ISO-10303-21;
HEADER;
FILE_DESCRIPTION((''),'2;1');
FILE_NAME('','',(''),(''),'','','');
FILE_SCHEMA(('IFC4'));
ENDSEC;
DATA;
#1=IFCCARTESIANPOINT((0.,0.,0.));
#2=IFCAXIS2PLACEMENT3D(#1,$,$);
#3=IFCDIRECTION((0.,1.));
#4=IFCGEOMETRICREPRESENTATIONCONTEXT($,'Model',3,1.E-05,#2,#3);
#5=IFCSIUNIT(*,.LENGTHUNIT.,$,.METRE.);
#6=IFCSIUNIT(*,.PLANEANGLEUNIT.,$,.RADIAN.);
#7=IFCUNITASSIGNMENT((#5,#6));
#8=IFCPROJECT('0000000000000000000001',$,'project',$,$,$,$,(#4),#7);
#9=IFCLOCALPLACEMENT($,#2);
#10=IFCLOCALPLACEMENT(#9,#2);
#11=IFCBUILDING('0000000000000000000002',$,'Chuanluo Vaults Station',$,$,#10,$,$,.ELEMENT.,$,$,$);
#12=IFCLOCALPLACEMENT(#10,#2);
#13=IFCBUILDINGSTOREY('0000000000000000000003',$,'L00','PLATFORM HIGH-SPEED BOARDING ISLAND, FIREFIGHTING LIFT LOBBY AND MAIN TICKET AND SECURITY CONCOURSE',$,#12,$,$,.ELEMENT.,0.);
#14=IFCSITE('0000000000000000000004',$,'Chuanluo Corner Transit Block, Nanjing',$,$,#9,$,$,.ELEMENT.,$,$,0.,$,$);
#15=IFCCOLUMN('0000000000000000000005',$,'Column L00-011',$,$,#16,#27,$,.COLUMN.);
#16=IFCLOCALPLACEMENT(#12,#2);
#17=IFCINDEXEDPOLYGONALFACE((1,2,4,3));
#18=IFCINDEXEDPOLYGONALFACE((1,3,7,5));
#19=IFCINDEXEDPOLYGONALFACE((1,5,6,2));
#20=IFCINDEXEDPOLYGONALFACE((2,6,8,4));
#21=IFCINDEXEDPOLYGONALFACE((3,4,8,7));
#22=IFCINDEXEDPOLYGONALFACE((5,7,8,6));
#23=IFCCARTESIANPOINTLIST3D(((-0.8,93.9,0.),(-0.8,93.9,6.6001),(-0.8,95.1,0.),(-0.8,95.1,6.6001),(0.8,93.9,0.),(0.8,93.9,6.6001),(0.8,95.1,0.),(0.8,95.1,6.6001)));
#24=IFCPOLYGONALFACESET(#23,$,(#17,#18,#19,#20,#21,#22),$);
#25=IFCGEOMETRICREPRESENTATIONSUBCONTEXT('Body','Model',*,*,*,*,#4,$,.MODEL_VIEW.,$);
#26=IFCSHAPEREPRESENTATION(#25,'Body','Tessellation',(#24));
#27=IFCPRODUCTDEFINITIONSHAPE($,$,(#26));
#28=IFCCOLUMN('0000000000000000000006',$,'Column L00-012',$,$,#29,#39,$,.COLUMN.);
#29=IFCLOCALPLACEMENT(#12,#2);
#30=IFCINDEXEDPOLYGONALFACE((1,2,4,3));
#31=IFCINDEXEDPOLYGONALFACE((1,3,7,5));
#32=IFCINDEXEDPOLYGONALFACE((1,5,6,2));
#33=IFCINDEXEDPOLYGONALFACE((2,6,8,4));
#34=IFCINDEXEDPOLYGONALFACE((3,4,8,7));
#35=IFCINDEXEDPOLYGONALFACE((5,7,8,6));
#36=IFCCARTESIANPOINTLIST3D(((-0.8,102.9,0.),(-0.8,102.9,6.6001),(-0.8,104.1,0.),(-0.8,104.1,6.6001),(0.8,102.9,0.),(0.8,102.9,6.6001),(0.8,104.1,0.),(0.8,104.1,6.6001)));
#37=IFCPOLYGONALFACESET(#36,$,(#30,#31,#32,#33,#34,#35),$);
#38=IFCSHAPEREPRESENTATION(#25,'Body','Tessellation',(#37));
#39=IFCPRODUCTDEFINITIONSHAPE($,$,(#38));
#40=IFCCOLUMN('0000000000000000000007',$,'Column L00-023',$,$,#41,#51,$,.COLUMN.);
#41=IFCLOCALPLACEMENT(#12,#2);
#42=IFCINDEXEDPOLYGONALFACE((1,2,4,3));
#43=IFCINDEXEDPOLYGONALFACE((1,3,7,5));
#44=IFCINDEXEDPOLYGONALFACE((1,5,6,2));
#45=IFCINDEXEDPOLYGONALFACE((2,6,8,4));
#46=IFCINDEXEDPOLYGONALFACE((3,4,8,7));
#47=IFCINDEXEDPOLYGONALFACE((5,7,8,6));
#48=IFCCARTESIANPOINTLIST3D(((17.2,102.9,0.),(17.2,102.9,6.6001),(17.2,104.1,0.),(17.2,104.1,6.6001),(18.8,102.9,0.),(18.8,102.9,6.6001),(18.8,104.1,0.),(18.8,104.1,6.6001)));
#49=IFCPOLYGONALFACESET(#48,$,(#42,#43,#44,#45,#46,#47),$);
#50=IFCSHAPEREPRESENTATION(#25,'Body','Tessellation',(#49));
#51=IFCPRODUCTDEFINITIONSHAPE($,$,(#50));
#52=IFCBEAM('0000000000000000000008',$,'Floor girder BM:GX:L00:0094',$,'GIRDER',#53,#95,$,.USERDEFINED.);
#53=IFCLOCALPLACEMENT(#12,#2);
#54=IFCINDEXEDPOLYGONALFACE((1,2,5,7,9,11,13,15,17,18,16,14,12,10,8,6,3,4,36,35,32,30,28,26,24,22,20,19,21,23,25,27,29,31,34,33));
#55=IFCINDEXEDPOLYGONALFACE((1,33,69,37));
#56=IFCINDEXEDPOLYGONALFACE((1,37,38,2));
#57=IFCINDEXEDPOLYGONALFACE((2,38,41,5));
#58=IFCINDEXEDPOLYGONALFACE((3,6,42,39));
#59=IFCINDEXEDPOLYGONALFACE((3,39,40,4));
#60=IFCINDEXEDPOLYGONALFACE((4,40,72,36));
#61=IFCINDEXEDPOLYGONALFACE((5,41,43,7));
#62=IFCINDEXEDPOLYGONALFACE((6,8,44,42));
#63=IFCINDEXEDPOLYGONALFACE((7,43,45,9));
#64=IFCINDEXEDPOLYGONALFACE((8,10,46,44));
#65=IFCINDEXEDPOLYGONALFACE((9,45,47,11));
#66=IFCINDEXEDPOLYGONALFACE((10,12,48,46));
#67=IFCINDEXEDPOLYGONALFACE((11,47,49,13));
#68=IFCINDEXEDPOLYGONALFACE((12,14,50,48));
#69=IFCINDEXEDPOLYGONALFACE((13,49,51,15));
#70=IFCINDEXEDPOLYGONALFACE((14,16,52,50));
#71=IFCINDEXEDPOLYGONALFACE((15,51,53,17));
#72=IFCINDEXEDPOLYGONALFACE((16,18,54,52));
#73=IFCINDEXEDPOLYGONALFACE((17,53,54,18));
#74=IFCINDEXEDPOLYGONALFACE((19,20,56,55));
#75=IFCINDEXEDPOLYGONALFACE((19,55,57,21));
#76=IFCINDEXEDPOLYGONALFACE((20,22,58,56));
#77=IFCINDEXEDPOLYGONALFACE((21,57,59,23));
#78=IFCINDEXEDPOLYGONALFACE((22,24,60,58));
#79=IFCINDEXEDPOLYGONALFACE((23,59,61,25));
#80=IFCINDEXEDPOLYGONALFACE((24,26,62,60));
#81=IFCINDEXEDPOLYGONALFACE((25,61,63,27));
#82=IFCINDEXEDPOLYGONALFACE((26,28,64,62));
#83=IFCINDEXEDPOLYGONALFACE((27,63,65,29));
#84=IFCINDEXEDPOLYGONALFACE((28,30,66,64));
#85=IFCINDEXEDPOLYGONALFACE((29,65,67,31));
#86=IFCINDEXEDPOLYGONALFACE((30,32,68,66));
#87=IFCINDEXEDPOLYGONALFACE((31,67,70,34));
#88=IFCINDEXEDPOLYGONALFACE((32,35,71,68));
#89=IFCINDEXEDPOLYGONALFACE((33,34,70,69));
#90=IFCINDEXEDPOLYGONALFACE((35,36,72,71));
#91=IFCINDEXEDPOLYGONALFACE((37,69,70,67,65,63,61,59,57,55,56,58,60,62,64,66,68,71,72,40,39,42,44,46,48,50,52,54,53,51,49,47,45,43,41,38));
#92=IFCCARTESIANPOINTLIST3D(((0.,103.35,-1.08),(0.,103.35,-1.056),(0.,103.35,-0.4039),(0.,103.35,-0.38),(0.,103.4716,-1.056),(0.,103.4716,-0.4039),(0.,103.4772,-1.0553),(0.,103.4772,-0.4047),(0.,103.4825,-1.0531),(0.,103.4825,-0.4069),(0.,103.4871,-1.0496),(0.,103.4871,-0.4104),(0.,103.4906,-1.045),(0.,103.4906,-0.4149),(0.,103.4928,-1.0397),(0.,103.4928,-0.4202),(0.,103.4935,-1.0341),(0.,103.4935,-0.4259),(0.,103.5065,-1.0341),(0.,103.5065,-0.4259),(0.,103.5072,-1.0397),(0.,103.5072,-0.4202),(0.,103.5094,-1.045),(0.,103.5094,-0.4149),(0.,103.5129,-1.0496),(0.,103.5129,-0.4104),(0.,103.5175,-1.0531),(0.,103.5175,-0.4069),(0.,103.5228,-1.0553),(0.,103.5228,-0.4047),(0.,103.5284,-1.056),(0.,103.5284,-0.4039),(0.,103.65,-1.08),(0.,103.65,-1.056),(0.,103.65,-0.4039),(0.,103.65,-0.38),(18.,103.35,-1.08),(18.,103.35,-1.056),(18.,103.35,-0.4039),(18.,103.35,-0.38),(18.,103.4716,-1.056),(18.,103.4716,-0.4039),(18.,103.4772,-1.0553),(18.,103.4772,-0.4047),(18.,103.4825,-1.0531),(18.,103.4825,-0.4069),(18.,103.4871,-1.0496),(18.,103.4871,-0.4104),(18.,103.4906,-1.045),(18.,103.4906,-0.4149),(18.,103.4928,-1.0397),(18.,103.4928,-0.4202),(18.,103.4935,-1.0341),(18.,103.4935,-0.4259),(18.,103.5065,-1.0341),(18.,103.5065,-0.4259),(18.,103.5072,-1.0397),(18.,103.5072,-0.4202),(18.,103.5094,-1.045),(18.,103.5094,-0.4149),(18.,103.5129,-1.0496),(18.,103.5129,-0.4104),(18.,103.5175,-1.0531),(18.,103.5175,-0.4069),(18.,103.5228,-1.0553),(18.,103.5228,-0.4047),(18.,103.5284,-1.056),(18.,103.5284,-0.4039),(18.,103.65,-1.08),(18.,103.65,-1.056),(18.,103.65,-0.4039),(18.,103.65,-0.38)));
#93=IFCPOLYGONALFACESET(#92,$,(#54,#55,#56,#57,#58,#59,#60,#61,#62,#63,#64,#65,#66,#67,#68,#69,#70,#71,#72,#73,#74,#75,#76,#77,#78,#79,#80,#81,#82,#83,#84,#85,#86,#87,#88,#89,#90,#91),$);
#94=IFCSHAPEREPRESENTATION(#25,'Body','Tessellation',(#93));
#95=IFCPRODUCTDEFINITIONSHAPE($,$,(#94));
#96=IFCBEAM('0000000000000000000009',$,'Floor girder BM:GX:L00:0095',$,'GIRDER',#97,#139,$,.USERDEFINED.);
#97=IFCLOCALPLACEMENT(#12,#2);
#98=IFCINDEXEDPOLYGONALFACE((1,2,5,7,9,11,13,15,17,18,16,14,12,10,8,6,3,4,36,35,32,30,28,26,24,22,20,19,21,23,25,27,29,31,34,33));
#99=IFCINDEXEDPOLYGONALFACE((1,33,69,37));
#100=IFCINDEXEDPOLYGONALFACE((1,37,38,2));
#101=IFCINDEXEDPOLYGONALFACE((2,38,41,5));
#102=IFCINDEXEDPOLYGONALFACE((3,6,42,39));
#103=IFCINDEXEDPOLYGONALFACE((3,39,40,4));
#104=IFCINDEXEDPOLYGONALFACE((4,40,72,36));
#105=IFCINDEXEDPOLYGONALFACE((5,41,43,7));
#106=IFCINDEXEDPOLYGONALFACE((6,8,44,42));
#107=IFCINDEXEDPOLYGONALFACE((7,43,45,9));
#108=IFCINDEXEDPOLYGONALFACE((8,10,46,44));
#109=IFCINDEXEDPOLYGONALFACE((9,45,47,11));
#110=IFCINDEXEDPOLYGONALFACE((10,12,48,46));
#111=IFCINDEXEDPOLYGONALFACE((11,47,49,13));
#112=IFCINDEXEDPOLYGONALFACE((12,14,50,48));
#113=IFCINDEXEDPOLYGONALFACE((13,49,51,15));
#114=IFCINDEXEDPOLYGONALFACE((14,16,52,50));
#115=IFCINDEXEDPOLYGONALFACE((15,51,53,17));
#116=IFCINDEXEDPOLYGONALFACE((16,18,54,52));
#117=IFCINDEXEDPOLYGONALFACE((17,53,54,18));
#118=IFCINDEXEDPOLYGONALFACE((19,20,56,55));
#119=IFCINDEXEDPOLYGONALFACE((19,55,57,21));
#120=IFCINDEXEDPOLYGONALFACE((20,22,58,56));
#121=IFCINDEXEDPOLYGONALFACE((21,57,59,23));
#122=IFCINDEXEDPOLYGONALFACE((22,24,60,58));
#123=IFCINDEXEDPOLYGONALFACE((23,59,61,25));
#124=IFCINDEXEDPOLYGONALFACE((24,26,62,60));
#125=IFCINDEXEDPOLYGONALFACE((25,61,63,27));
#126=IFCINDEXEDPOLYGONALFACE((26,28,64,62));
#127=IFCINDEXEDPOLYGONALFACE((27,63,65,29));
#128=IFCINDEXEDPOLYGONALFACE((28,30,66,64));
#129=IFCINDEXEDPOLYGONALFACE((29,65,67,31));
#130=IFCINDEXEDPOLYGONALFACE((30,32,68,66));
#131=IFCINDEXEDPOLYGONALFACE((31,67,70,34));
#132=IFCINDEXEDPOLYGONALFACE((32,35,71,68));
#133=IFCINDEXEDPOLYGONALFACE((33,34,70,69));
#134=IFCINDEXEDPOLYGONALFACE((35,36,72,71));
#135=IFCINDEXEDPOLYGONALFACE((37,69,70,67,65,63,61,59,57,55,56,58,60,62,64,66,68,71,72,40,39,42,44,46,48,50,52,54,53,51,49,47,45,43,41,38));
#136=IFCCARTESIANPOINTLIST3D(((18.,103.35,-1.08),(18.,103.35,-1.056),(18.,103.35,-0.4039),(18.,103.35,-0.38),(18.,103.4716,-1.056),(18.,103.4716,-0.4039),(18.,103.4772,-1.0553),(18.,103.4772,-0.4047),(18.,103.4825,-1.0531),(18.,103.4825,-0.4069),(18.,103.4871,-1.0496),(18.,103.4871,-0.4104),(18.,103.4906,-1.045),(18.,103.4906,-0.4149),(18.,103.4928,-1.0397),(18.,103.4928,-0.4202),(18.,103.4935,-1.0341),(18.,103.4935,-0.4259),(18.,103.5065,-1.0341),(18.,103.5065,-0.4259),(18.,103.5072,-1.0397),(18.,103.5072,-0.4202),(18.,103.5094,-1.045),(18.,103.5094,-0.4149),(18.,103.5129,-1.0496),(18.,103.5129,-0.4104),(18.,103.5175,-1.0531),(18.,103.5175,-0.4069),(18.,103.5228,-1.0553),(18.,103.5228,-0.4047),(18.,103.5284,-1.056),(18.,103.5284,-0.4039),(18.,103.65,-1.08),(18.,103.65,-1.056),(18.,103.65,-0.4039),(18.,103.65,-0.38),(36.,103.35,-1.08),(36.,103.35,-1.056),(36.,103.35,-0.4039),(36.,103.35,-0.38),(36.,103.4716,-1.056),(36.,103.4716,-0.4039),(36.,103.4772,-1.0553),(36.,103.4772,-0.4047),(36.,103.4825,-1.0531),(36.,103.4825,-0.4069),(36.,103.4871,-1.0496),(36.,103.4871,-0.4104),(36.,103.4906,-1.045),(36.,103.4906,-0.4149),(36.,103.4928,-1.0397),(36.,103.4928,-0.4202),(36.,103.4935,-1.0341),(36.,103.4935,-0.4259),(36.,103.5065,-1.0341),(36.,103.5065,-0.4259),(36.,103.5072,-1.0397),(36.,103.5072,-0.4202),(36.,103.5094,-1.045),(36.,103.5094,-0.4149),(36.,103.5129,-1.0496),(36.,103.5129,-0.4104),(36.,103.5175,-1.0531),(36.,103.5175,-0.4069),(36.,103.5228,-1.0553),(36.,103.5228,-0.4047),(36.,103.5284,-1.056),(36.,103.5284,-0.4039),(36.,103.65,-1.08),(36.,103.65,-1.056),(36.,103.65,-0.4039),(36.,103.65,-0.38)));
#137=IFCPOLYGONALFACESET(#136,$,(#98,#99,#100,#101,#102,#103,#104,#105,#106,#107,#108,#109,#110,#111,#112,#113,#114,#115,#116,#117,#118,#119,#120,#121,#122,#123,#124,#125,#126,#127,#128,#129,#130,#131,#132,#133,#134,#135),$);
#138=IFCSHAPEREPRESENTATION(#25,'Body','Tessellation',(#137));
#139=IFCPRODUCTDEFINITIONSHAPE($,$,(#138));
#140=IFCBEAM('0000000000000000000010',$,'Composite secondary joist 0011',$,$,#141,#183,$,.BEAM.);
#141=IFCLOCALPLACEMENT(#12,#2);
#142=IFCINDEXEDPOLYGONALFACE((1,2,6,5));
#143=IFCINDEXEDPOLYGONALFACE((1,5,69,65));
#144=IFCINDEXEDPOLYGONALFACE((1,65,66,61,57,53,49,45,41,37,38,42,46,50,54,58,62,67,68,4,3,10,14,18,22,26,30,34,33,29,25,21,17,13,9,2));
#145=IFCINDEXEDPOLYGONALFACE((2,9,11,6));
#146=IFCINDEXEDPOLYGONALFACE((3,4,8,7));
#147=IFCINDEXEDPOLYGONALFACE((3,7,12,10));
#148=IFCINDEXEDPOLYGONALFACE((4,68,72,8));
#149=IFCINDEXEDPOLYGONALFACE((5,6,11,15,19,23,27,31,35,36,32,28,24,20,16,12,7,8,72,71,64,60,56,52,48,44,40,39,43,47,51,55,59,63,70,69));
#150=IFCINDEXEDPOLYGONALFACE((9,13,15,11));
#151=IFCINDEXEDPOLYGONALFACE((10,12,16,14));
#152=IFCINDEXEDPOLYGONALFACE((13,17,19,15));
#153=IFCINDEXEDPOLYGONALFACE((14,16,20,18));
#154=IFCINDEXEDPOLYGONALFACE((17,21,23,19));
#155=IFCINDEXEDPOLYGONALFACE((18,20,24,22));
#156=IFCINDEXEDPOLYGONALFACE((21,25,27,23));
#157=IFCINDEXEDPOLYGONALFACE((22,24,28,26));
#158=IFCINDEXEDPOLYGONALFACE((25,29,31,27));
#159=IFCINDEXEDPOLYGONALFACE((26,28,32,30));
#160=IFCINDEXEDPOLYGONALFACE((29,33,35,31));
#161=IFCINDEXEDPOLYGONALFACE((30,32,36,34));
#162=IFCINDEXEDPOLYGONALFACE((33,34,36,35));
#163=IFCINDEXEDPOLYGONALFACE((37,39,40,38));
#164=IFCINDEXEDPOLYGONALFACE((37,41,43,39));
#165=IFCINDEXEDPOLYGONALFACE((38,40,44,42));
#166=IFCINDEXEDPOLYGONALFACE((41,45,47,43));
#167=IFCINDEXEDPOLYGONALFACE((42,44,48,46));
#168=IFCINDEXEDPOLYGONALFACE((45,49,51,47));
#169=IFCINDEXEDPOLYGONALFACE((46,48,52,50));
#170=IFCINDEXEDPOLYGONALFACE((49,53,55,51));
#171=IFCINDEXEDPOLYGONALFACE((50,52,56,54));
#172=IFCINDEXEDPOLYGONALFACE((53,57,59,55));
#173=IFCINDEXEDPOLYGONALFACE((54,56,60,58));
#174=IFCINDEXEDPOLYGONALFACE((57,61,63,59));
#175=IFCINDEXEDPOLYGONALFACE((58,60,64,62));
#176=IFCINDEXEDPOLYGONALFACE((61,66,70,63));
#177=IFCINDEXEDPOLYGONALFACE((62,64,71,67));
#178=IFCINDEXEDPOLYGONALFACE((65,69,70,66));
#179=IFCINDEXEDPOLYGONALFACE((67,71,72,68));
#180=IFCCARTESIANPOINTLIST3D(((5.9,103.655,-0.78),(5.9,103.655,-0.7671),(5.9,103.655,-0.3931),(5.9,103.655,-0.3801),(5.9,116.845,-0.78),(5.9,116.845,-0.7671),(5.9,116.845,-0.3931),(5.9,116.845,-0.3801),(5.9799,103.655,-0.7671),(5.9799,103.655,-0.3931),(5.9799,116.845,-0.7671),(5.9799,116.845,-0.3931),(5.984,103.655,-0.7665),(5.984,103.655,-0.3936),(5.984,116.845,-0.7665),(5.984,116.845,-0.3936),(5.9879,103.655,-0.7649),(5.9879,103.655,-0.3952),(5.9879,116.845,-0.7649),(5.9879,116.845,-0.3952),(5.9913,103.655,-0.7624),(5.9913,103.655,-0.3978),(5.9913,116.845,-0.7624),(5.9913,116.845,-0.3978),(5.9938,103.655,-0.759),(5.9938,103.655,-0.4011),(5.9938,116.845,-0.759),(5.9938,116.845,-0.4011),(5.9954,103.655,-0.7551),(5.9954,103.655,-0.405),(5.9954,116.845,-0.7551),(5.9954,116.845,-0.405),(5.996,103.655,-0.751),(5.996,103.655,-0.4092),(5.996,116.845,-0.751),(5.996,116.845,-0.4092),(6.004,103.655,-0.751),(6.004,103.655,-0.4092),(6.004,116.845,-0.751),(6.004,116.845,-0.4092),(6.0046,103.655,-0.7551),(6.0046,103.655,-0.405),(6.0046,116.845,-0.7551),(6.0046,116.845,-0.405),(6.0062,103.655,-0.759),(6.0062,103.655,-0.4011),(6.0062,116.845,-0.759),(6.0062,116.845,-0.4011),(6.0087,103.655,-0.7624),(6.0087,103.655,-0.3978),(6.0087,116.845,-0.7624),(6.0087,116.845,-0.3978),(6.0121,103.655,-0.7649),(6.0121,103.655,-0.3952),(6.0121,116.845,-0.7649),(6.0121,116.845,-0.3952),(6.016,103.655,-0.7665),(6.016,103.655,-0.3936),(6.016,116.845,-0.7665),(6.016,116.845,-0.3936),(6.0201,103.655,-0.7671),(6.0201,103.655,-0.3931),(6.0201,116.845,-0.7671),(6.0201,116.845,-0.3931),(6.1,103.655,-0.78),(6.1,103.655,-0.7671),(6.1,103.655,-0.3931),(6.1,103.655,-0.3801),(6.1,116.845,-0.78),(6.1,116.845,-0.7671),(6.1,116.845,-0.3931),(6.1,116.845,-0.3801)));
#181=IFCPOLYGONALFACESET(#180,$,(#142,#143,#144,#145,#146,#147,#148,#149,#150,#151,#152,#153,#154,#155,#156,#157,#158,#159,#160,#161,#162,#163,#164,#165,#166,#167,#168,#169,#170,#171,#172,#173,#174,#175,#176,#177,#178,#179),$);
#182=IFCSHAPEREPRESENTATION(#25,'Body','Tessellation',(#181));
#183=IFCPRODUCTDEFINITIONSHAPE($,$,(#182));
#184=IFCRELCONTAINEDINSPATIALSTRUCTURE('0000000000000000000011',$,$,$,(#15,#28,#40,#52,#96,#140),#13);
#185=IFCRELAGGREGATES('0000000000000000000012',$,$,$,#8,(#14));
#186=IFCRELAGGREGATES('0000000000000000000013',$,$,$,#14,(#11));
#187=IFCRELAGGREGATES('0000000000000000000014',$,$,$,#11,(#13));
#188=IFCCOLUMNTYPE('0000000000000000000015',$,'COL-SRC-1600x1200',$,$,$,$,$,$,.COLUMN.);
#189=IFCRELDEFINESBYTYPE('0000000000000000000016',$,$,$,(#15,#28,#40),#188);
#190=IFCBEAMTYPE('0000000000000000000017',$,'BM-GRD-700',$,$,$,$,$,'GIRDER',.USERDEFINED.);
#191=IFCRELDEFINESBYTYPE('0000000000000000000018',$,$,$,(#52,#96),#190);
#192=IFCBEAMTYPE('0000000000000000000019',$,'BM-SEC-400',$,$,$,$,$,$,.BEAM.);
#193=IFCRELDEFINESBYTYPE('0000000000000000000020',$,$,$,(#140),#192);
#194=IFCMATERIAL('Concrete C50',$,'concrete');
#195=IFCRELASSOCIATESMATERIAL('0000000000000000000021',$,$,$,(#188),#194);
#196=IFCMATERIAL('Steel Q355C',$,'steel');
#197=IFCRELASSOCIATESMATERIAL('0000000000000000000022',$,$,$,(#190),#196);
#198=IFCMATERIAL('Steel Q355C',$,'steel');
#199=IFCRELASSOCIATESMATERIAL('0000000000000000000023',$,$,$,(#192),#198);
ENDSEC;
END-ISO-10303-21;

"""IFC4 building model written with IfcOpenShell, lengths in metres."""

from ifc_helpers import new_model, si_unit, direction, frame, origin, origin_2d, place, context, subcontext, project, spatial, rectangle, i_section, extrude, material, material_profile, profile_set, type_object, element, save


model = new_model("IFC4")

# Units and contexts
model_context = context("Model", 3, precision=1e-05, world=origin(), true_north=direction((0.0, 1.0)))
body_context = subcontext(model_context, "Body", "Model", "MODEL_VIEW")
ifc_project = project(units=[si_unit("LENGTHUNIT", "METRE"), si_unit("PLANEANGLEUNIT", "RADIAN")], contexts=[model_context])

# Site, building, storey
site_placement = place(None, origin())
site = spatial("IfcSite", under=ifc_project, at=site_placement, Name="Chuanluo Corner Transit Block, Nanjing", CompositionType="ELEMENT", RefElevation=0.0)
building_placement = place(site_placement, origin())
building = spatial("IfcBuilding", under=site, at=building_placement, Name="Chuanluo Vaults Station", CompositionType="ELEMENT")
storey_placement = place(building_placement, origin())
storey = spatial("IfcBuildingStorey", under=building, at=storey_placement, Name="L00", Description="PLATFORM HIGH-SPEED BOARDING ISLAND, FIREFIGHTING LIFT LOBBY AND MAIN TICKET AND SECURITY CONCOURSE", CompositionType="ELEMENT", Elevation=0.0)

# Columns
ifc_material_1 = material(Name="Concrete C50", Category="concrete")
ifc_material_profile_1 = material_profile(ifc_material_1, rectangle(XDim=1.6001, YDim=1.2, at=origin_2d()))
ifc_profile_set_1 = profile_set([ifc_material_profile_1], Name="Concrete C50")
column_type = type_object("IfcColumnType", Name="COL-SRC-1600x1200", PredefinedType="COLUMN", material=ifc_profile_set_1)
for number, where, z_axis, x_axis, name in (
    (1, (0.0, 94.5, 0.0), (0.0, 0.0, 1.0), (1.0, 0.0, 0.0), "Column L00-011"),
    (2, (0.0, 103.5, 0.0), (0.0, 0.0, 1.0), (1.0, 0.0, 0.0), "Column L00-012"),
    (3, (18.0, 103.5, 0.0), (0.0, 0.0, 1.0), (1.0, 0.0, 0.0), "Column L00-023"),
):
    element("IfcColumn", number, at=place(storey_placement, frame(where, z_axis=z_axis, x_axis=x_axis)), inside=storey, type_object=column_type, Name=name, PredefinedType="COLUMN", context=body_context, shape_type="SweptSolid", body=[
        extrude(rectangle(XDim=1.6001, YDim=1.2, at=origin_2d()), origin(), (0.0, 0.0, 1.0), 6.6001),
    ])

# Beams
ifc_material_2 = material(Name="Steel Q355C", Category="steel")
ifc_material_profile_2 = material_profile(ifc_material_2, i_section(OverallWidth=0.3, OverallDepth=0.7, WebThickness=0.0129, FlangeThickness=0.0239, FilletRadius=0.022, at=origin_2d()))
ifc_profile_set_2 = profile_set([ifc_material_profile_2], Name="Steel Q355C")
beam_type_1 = type_object("IfcBeamType", Name="BM-GRD-700", ElementType="GIRDER", PredefinedType="USERDEFINED", material=ifc_profile_set_2)
for number, where, z_axis, x_axis, name in (
    (4, (0.0, 103.5, -0.73), (1.0, 0.0, 0.0), (0.0, 1.0, 0.0), "Floor girder BM:GX:L00:0094"),
    (5, (18.0, 103.5, -0.73), (1.0, 0.0, 0.0), (0.0, 1.0, 0.0), "Floor girder BM:GX:L00:0095"),
):
    element("IfcBeam", number, at=place(storey_placement, frame(where, z_axis=z_axis, x_axis=x_axis)), inside=storey, type_object=beam_type_1, Name=name, ObjectType="GIRDER", PredefinedType="USERDEFINED", context=body_context, shape_type="SweptSolid", body=[
        extrude(i_section(OverallWidth=0.3, OverallDepth=0.7, WebThickness=0.0129, FlangeThickness=0.0239, FilletRadius=0.022, at=origin_2d()), origin(), (0.0, 0.0, 1.0), 18.0),
    ])
ifc_material_3 = material(Name="Steel Q355C", Category="steel")
ifc_material_profile_3 = material_profile(ifc_material_3, i_section(OverallWidth=0.2, OverallDepth=0.3999, WebThickness=0.0081, FlangeThickness=0.0129, FilletRadius=0.0161, at=origin_2d()))
ifc_profile_set_3 = profile_set([ifc_material_profile_3], Name="Steel Q355C")
beam_type_2 = type_object("IfcBeamType", Name="BM-SEC-400", PredefinedType="BEAM", material=ifc_profile_set_3)
for number, where, z_axis, x_axis, name in (
    (6, (6.0, 103.655, -0.5801), (0.0, 1.0, 0.0), (-1.0, 0.0, 0.0), "Composite secondary joist 0011"),
):
    element("IfcBeam", number, at=place(storey_placement, frame(where, z_axis=z_axis, x_axis=x_axis)), inside=storey, type_object=beam_type_2, Name=name, PredefinedType="BEAM", context=body_context, shape_type="SweptSolid", body=[
        extrude(i_section(OverallWidth=0.2, OverallDepth=0.3999, WebThickness=0.0081, FlangeThickness=0.0129, FilletRadius=0.0161, at=origin_2d()), origin(), (0.0, 0.0, 1.0), 13.1899),
    ])

save(model, "model.ifc")
